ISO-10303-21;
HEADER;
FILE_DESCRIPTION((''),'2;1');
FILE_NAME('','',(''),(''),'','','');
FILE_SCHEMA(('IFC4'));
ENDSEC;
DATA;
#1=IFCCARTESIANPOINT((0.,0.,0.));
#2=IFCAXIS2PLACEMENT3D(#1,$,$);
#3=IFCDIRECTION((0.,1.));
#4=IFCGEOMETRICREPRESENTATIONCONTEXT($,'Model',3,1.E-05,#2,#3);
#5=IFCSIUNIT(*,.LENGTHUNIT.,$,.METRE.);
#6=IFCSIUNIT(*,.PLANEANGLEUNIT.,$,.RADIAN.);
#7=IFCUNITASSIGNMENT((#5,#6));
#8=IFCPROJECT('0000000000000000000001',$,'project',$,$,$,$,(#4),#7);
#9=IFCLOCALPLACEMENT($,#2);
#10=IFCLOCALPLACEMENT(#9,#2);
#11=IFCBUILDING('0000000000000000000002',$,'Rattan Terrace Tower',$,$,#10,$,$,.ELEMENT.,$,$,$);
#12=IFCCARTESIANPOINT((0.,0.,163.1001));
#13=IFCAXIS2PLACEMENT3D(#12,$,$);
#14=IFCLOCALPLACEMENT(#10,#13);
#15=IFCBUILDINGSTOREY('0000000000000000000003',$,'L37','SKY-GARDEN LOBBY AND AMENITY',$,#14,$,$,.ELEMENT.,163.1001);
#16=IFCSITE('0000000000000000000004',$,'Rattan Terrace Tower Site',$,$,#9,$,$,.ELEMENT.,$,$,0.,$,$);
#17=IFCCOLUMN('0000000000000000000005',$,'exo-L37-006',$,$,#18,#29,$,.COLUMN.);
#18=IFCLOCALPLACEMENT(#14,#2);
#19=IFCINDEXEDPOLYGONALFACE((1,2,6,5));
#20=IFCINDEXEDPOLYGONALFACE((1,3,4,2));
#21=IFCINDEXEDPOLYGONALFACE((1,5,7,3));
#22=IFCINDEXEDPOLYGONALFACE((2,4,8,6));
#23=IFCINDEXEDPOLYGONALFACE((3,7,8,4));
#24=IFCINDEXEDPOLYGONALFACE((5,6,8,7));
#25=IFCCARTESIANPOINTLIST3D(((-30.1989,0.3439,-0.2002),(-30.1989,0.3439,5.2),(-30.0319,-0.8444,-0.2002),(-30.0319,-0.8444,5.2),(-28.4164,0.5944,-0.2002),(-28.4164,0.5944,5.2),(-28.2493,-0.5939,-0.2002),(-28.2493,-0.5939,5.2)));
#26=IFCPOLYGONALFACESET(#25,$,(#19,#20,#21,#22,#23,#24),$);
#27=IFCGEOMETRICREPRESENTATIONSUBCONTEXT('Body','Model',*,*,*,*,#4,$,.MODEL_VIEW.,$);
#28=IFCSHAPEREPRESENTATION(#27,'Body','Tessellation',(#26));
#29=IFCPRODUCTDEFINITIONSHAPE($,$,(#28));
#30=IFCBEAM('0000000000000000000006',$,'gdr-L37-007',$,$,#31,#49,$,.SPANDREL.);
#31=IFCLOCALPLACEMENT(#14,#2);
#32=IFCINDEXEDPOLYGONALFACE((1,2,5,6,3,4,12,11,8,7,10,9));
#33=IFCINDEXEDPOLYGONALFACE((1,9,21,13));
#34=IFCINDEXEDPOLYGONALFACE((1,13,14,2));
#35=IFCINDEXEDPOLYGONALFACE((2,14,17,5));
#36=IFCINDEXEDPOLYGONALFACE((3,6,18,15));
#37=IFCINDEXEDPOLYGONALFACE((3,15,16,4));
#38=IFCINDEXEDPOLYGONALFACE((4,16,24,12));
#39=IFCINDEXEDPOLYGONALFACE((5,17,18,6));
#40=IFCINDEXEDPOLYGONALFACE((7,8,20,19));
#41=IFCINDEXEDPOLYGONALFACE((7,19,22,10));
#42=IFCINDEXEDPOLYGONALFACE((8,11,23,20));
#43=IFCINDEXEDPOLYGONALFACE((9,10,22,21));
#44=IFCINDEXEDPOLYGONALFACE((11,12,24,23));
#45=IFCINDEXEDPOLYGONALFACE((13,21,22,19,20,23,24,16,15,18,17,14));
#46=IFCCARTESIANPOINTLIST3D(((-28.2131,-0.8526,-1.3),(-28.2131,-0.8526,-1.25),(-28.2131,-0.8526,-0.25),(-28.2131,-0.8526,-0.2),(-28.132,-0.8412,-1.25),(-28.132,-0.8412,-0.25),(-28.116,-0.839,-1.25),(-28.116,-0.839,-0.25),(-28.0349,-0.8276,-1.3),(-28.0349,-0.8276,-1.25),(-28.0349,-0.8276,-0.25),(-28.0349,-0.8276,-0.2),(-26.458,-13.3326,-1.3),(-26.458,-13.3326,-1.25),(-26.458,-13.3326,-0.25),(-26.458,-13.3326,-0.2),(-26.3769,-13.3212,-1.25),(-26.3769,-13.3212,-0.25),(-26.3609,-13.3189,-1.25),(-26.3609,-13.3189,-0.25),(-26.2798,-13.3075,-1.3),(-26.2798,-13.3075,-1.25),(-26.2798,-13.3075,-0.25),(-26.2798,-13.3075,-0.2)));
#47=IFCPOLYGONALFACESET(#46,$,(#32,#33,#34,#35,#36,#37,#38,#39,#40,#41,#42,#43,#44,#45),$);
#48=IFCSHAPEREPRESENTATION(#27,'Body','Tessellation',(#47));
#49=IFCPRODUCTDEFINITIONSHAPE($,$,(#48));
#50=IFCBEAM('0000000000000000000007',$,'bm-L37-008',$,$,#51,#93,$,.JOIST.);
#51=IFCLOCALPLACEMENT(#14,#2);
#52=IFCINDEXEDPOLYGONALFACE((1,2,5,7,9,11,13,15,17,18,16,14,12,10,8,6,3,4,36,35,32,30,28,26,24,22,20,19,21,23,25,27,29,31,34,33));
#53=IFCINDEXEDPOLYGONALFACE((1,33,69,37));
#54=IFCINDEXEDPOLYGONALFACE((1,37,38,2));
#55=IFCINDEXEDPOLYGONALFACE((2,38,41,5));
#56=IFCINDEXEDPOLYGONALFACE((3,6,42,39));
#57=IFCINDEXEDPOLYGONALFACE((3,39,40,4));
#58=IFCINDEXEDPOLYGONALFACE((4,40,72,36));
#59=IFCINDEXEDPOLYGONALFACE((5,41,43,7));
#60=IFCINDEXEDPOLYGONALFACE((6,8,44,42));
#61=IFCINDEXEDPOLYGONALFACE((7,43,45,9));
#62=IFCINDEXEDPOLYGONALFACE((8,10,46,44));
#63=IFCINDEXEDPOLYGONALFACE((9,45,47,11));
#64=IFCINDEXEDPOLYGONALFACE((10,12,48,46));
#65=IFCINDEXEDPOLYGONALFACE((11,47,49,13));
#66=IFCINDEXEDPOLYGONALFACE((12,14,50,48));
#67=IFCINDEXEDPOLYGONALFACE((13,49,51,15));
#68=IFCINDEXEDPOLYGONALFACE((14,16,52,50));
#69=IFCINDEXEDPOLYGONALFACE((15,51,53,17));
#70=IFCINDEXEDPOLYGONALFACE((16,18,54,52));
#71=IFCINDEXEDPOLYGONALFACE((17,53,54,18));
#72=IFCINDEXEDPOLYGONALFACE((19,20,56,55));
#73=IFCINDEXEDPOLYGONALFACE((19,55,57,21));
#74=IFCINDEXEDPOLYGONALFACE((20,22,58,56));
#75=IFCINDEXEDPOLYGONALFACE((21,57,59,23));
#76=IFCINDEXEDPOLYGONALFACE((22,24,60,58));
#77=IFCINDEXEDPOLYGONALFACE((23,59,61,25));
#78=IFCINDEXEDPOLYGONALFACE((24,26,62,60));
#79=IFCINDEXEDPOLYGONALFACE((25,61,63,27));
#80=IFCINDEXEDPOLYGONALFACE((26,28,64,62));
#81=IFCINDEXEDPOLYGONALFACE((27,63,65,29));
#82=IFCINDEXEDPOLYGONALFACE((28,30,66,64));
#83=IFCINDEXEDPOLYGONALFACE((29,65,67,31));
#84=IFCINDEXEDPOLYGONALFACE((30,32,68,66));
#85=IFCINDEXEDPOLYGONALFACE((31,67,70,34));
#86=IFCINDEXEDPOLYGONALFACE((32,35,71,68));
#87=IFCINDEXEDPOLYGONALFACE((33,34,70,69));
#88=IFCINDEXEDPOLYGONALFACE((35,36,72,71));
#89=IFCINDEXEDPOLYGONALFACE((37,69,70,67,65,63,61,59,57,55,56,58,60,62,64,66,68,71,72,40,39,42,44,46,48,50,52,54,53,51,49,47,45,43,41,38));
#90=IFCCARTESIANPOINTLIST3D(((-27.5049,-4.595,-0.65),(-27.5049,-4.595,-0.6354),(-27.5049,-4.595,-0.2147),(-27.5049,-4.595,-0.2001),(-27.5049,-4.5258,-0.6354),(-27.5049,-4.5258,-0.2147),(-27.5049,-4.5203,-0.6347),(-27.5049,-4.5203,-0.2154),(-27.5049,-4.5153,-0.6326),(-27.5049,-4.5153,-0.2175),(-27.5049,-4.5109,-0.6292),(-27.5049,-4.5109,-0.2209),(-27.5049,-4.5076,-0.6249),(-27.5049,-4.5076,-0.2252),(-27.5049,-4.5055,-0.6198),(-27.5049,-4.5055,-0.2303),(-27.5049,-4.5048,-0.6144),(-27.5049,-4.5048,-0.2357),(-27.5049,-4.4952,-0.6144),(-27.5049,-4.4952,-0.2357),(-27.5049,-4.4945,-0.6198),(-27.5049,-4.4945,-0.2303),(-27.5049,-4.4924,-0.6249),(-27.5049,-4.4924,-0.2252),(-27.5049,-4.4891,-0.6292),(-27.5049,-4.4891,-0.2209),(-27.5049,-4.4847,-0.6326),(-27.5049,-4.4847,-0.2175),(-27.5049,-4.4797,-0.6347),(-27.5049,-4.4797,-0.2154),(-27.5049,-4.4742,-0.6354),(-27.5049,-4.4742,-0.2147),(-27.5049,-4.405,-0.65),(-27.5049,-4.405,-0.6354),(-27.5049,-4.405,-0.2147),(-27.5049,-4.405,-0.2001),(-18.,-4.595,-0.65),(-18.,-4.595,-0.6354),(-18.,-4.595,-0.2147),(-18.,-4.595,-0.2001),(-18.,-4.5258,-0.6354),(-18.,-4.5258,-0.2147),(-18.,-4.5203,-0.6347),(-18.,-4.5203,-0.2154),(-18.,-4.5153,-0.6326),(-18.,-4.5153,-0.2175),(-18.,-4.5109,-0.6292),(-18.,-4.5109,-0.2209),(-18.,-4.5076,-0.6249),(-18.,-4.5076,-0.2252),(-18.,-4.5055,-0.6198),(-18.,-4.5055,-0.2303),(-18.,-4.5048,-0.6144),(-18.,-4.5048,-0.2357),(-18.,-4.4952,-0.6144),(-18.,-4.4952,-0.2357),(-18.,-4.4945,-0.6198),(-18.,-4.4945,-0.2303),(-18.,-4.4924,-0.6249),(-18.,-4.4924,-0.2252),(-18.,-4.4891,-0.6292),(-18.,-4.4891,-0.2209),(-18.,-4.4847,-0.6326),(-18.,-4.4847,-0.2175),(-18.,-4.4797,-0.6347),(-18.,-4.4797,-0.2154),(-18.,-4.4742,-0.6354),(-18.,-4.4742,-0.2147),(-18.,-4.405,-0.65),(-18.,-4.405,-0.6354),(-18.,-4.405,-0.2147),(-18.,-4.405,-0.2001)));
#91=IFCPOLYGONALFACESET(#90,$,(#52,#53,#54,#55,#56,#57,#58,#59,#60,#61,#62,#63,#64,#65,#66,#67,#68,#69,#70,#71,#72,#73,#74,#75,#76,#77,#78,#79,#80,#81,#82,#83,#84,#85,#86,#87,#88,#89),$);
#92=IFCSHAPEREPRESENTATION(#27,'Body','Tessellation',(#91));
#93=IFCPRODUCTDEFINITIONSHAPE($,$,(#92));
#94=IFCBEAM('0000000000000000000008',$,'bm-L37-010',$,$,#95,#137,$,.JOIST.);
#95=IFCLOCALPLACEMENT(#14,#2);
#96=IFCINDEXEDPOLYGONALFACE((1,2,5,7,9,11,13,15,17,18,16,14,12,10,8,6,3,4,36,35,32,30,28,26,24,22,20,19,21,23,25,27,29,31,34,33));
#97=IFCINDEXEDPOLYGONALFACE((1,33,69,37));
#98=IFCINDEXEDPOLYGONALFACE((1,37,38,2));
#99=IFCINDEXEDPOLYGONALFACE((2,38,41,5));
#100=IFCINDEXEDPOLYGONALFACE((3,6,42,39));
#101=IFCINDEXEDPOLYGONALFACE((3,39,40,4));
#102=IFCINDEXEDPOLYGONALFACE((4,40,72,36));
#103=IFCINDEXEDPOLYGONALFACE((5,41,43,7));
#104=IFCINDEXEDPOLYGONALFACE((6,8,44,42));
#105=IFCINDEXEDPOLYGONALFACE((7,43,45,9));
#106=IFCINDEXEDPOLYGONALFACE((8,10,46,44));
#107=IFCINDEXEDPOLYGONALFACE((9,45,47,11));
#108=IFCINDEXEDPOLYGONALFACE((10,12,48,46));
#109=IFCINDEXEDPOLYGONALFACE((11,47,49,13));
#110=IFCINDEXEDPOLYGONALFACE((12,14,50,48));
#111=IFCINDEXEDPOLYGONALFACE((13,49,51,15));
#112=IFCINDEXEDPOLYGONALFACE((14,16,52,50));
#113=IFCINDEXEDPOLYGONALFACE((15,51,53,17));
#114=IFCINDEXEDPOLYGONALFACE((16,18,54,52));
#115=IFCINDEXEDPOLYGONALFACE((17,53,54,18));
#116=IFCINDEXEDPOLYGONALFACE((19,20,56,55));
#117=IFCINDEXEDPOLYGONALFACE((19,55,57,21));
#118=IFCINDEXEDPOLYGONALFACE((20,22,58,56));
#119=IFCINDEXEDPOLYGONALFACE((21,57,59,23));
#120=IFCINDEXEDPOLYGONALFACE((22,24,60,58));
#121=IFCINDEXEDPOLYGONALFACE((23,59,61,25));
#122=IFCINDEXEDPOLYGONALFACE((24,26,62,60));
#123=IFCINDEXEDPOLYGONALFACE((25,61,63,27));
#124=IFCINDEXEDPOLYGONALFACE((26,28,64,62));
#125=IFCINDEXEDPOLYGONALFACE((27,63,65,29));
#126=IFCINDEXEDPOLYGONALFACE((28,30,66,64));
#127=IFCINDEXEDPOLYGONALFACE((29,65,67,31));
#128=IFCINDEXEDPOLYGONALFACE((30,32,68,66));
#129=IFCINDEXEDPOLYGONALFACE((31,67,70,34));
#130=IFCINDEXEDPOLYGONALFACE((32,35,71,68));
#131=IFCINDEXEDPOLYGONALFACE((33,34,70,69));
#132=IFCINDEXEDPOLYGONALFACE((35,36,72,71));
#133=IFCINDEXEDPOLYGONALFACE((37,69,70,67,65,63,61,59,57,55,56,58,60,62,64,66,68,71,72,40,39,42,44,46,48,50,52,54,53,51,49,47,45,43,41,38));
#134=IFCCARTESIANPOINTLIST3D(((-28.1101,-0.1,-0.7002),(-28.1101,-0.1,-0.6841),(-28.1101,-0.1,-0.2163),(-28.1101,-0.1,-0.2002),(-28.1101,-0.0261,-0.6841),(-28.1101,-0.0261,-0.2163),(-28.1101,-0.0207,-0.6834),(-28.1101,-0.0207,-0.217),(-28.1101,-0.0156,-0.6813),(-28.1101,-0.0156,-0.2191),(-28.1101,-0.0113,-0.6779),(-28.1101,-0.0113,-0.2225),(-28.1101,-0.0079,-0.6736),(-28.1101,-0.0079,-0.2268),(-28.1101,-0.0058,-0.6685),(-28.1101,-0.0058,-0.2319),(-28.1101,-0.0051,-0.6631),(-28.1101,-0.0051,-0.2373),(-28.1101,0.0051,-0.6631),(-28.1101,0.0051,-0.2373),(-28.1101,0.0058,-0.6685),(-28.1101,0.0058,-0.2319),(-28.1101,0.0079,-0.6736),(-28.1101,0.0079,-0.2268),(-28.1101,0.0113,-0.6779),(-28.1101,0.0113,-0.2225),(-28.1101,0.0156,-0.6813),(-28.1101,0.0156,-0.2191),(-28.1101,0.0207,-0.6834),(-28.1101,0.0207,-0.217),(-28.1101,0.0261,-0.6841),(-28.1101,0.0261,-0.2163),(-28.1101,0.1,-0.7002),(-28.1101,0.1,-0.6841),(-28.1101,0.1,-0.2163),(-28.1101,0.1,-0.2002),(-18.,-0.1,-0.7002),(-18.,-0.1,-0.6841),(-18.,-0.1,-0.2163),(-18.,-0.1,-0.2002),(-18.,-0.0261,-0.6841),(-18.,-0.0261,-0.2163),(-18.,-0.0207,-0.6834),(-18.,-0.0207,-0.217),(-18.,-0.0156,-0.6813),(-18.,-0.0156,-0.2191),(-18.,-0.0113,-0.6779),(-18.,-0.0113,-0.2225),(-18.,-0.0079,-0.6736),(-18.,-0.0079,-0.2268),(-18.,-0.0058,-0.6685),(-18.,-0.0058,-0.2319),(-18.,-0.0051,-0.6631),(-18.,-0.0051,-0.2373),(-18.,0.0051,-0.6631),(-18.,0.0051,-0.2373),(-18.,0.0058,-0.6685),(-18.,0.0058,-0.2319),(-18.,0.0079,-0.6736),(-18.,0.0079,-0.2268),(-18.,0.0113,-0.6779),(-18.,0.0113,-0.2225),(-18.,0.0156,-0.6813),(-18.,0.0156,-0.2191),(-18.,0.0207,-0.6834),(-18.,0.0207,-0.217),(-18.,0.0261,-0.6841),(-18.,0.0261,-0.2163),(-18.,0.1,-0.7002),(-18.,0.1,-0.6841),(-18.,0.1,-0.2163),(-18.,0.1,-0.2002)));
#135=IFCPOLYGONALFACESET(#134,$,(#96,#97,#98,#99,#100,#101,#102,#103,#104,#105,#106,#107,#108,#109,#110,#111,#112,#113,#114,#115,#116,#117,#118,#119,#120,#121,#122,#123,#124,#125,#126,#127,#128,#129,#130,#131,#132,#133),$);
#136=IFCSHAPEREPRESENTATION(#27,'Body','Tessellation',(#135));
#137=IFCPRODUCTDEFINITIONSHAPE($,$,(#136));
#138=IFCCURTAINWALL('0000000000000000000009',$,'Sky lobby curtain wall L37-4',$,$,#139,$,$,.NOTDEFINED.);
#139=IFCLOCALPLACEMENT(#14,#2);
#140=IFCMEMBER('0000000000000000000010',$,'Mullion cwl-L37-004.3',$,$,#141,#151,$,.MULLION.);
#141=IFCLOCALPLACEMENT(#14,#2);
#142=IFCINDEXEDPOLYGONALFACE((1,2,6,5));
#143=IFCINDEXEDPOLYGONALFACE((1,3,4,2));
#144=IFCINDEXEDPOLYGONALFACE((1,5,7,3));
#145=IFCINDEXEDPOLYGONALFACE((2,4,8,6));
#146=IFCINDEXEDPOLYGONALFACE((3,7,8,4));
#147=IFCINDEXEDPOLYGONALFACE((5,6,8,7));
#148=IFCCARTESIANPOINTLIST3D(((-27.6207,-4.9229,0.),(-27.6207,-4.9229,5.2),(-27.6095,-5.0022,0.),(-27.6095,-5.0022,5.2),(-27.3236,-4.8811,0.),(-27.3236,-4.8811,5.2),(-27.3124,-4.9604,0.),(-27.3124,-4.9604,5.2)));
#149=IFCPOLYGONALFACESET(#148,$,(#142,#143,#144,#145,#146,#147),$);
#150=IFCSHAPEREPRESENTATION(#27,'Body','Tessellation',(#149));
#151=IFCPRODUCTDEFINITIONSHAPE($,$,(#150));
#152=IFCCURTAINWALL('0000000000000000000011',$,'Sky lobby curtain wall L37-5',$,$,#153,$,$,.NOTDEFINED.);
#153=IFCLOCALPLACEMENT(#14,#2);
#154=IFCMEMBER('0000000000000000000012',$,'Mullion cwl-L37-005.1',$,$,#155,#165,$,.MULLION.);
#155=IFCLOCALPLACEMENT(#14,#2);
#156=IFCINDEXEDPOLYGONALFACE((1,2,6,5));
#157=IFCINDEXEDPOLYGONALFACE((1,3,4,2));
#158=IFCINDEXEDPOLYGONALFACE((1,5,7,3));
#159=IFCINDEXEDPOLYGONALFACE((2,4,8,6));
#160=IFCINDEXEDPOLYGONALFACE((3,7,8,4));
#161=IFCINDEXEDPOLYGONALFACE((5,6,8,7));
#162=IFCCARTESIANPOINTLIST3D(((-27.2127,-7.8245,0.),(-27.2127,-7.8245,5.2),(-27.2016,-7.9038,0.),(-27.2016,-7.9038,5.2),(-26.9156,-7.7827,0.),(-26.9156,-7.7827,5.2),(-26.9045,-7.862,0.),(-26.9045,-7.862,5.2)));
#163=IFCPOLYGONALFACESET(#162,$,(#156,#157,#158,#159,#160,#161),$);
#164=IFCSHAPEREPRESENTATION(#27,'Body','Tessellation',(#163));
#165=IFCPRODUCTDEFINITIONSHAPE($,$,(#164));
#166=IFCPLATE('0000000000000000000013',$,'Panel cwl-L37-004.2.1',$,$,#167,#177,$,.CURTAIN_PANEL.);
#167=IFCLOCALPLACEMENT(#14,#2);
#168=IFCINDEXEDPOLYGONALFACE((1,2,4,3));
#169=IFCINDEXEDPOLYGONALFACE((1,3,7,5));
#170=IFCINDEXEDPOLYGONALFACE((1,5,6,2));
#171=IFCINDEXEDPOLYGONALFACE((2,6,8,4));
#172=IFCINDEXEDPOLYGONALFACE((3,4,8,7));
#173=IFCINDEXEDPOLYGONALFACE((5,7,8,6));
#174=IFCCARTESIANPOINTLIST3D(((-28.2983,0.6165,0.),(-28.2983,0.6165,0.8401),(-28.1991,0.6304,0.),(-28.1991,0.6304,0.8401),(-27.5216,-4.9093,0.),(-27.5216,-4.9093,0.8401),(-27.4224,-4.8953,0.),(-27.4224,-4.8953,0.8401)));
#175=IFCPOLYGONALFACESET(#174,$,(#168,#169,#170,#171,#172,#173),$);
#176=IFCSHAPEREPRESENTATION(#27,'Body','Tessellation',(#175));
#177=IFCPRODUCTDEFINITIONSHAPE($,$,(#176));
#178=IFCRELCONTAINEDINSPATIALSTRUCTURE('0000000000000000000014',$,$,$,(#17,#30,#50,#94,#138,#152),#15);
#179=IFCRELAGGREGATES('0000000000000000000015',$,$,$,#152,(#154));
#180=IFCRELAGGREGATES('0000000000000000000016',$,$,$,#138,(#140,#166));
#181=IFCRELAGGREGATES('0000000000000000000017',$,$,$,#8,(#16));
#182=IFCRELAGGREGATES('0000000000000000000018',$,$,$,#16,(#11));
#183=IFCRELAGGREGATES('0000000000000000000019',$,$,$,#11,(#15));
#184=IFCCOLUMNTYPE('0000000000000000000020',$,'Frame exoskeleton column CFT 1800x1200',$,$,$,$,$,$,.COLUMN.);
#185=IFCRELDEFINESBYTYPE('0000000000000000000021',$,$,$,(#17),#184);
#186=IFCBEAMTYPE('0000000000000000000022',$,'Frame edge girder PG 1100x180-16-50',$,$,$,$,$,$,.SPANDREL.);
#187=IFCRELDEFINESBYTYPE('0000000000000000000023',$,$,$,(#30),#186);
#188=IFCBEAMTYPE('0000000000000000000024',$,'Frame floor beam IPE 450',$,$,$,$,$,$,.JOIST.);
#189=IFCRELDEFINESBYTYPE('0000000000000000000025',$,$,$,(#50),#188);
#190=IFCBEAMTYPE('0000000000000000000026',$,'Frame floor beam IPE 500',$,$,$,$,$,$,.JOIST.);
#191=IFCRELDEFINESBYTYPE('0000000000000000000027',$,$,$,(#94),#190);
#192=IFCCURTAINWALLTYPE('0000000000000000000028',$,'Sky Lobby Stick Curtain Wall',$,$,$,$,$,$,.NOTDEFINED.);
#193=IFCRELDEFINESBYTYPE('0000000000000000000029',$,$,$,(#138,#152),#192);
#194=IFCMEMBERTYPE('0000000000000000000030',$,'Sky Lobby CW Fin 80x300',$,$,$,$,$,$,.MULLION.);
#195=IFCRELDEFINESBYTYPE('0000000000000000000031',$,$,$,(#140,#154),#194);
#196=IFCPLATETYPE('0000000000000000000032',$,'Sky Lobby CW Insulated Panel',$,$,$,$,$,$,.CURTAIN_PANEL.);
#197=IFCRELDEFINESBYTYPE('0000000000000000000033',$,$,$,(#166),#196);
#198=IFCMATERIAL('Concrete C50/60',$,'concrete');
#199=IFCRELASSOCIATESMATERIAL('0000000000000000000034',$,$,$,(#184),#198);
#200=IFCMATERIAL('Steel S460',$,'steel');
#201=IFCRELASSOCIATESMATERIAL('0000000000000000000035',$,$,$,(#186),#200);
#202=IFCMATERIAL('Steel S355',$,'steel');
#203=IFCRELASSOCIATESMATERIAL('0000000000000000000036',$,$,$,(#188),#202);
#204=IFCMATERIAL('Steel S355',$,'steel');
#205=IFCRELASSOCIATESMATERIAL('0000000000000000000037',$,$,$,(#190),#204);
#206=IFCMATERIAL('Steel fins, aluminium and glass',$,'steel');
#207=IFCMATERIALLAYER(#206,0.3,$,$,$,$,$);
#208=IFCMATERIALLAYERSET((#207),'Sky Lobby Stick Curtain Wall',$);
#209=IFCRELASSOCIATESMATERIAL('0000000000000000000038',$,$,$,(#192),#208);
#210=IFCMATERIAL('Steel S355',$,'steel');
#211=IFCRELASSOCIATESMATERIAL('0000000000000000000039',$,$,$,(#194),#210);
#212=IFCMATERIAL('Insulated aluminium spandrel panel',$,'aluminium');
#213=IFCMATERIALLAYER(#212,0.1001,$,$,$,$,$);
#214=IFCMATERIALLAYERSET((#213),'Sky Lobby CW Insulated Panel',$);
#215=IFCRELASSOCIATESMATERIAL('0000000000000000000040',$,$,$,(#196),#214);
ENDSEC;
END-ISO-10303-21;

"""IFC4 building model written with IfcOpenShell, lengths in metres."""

from ifc_helpers import new_model, si_unit, direction, frame, origin, origin_2d, place, context, subcontext, project, spatial, rectangle, i_section, extrude, material, layer, layer_set, material_profile, profile_set, type_object, element, aggregate, save


model = new_model("IFC4")

# Units and contexts
model_context = context("Model", 3, precision=1e-05, world=origin(), true_north=direction((0.0, 1.0)))
body_context = subcontext(model_context, "Body", "Model", "MODEL_VIEW")
ifc_project = project(units=[si_unit("LENGTHUNIT", "METRE"), si_unit("PLANEANGLEUNIT", "RADIAN")], contexts=[model_context])

# Site, building, storey
site_placement = place(None, origin())
site = spatial("IfcSite", under=ifc_project, at=site_placement, Name="Rattan Terrace Tower Site", CompositionType="ELEMENT", RefElevation=0.0)
building_placement = place(site_placement, origin())
building = spatial("IfcBuilding", under=site, at=building_placement, Name="Rattan Terrace Tower", CompositionType="ELEMENT")
storey_placement = place(building_placement, frame((0.0, 0.0, 163.1001)))
storey = spatial("IfcBuildingStorey", under=building, at=storey_placement, Name="L37", Description="SKY-GARDEN LOBBY AND AMENITY", CompositionType="ELEMENT", Elevation=163.1001)

# Column
ifc_material_1 = material(Name="Concrete C50/60", Category="concrete")
ifc_material_profile_1 = material_profile(ifc_material_1, rectangle(XDim=1.2, YDim=1.8, at=origin_2d()), Name="CFT 1800x1200")
ifc_profile_set_1 = profile_set([ifc_material_profile_1], Name="Concrete C50/60")
column_type = type_object("IfcColumnType", Name="Frame exoskeleton column CFT 1800x1200", PredefinedType="COLUMN", material=ifc_profile_set_1)
column_placement = place(storey_placement, frame((-29.2241, -0.125, -0.2002), z_axis=(0.0, 0.0, 1.0), x_axis=(-0.13919, 0.990266, 0.0)))
element("IfcColumn", 1, at=column_placement, inside=storey, type_object=column_type, Name="exo-L37-006", PredefinedType="COLUMN", context=body_context, shape_type="SweptSolid", body=[
    extrude(rectangle(XDim=1.2, YDim=1.8, at=origin_2d()), origin(), (0.0, 0.0, 1.0), 5.4001),
])

# Beams
ifc_material_2 = material(Name="Steel S460", Category="steel")
ifc_material_profile_2 = material_profile(ifc_material_2, i_section(OverallWidth=0.1799, OverallDepth=1.1001, WebThickness=0.0161, FlangeThickness=0.05, at=origin_2d()), Name="PG 1100x180-16-50")
ifc_profile_set_2 = profile_set([ifc_material_profile_2], Name="Steel S460")
beam_type_1 = type_object("IfcBeamType", Name="Frame edge girder PG 1100x180-16-50", PredefinedType="SPANDREL", material=ifc_profile_set_2)
beam_1_placement = place(storey_placement, frame((-28.124, -0.8401, -0.75), z_axis=(0.139265, -0.990255, 0.0), x_axis=(0.990255, 0.139265, 0.0)))
element("IfcBeam", 2, at=beam_1_placement, inside=storey, type_object=beam_type_1, Name="gdr-L37-007", PredefinedType="SPANDREL", context=body_context, shape_type="SweptSolid", body=[
    extrude(i_section(OverallWidth=0.1799, OverallDepth=1.1001, WebThickness=0.0161, FlangeThickness=0.05, at=origin_2d()), origin(), (0.0, 0.0, 1.0), 12.6028),
])
ifc_material_3 = material(Name="Steel S355", Category="steel")
ifc_material_profile_3 = material_profile(ifc_material_3, i_section(OverallWidth=0.1899, OverallDepth=0.45, WebThickness=0.0095, FlangeThickness=0.0146, FilletRadius=0.021, at=origin_2d()), Name="IPE 450")
ifc_profile_set_3 = profile_set([ifc_material_profile_3], Name="Steel S355")
beam_type_2 = type_object("IfcBeamType", Name="Frame floor beam IPE 450", PredefinedType="JOIST", material=ifc_profile_set_3)
beam_2_placement = place(storey_placement, frame((-27.5049, -4.5, -0.425), z_axis=(1.0, 0.0, 0.0), x_axis=(0.0, 1.0, 0.0)))
element("IfcBeam", 3, at=beam_2_placement, inside=storey, type_object=beam_type_2, Name="bm-L37-008", PredefinedType="JOIST", context=body_context, shape_type="SweptSolid", body=[
    extrude(i_section(OverallWidth=0.1899, OverallDepth=0.45, WebThickness=0.0095, FlangeThickness=0.0146, FilletRadius=0.021, at=origin_2d()), origin(), (0.0, 0.0, 1.0), 9.5049),
])
ifc_material_4 = material(Name="Steel S355", Category="steel")
ifc_material_profile_4 = material_profile(ifc_material_4, i_section(OverallWidth=0.2, OverallDepth=0.5, WebThickness=0.0103, FlangeThickness=0.0161, FilletRadius=0.021, at=origin_2d()), Name="IPE 500")
ifc_profile_set_4 = profile_set([ifc_material_profile_4], Name="Steel S355")
beam_type_3 = type_object("IfcBeamType", Name="Frame floor beam IPE 500", PredefinedType="JOIST", material=ifc_profile_set_4)
beam_3_placement = place(storey_placement, frame((-28.1101, 0.0, -0.4502), z_axis=(1.0, 0.0, 0.0), x_axis=(0.0, 1.0, 0.0)))
element("IfcBeam", 4, at=beam_3_placement, inside=storey, type_object=beam_type_3, Name="bm-L37-010", PredefinedType="JOIST", context=body_context, shape_type="SweptSolid", body=[
    extrude(i_section(OverallWidth=0.2, OverallDepth=0.5, WebThickness=0.0103, FlangeThickness=0.0161, FilletRadius=0.021, at=origin_2d()), origin(), (0.0, 0.0, 1.0), 10.1101),
])

# Curtain walls, members
ifc_material_5 = material(Name="Steel fins, aluminium and glass", Category="steel")
ifc_layer_1 = layer(ifc_material_5, 0.3)
ifc_layer_set_1 = layer_set([ifc_layer_1], Name="Sky Lobby Stick Curtain Wall")
curtain_wall_type = type_object("IfcCurtainWallType", Name="Sky Lobby Stick Curtain Wall", PredefinedType="NOTDEFINED", material=ifc_layer_set_1)
curtain_wall_1_placement = place(storey_placement, origin())
curtain_wall_1 = element("IfcCurtainWall", 5, at=curtain_wall_1_placement, inside=storey, type_object=curtain_wall_type, Name="Sky lobby curtain wall L37-4", PredefinedType="NOTDEFINED")
ifc_material_6 = material(Name="Steel S355", Category="steel")
ifc_material_profile_5 = material_profile(ifc_material_6, rectangle(XDim=0.0801, YDim=0.3, at=origin_2d()), Name="Steel S355 80x300")
ifc_profile_set_5 = profile_set([ifc_material_profile_5], Name="Steel S355")
member_type = type_object("IfcMemberType", Name="Sky Lobby CW Fin 80x300", PredefinedType="MULLION", material=ifc_profile_set_5)
member_1_placement = place(storey_placement, frame((-27.4666, -4.9417, 0.0), z_axis=(0.0, 0.0, 1.0), x_axis=(0.139191, -0.990266, 0.0)))
member_1 = element("IfcMember", 6, at=member_1_placement, type_object=member_type, Name="Mullion cwl-L37-004.3", PredefinedType="MULLION", context=body_context, shape_type="SweptSolid", body=[
    extrude(rectangle(XDim=0.0801, YDim=0.3, at=origin_2d()), origin(), (0.0, 0.0, 1.0), 5.2),
])
curtain_wall_2_placement = place(storey_placement, origin())
curtain_wall_2 = element("IfcCurtainWall", 7, at=curtain_wall_2_placement, inside=storey, type_object=curtain_wall_type, Name="Sky lobby curtain wall L37-5", PredefinedType="NOTDEFINED")
member_2_placement = place(storey_placement, frame((-27.0586, -7.8433, 0.0), z_axis=(0.0, 0.0, 1.0), x_axis=(0.139191, -0.990266, 0.0)))
member_2 = element("IfcMember", 8, at=member_2_placement, type_object=member_type, Name="Mullion cwl-L37-005.1", PredefinedType="MULLION", context=body_context, shape_type="SweptSolid", body=[
    extrude(rectangle(XDim=0.0801, YDim=0.3, at=origin_2d()), origin(), (0.0, 0.0, 1.0), 5.2),
])
aggregate(curtain_wall_2, [member_2])

# Plate
ifc_material_7 = material(Name="Insulated aluminium spandrel panel", Category="aluminium")
ifc_layer_2 = layer(ifc_material_7, 0.1001)
ifc_layer_set_2 = layer_set([ifc_layer_2], Name="Sky Lobby CW Insulated Panel")
plate_type_1 = type_object("IfcPlateType", Name="Sky Lobby CW Insulated Panel", PredefinedType="CURTAIN_PANEL", material=ifc_layer_set_2)
plate_1_placement = place(storey_placement, frame((-27.8604, -2.1394, 0.0), z_axis=(0.0, 0.0, 1.0), x_axis=(0.139191, -0.990266, 0.0)))
plate_1 = element("IfcPlate", 9, at=plate_1_placement, type_object=plate_type_1, Name="Panel cwl-L37-004.2.1", PredefinedType="CURTAIN_PANEL", context=body_context, shape_type="SweptSolid", body=[
    extrude(rectangle(XDim=5.5801, YDim=0.1001, at=origin_2d()), origin(), (0.0, 0.0, 1.0), 0.8401),
])
aggregate(curtain_wall_1, [member_1, plate_1])

save(model, "model.ifc")
